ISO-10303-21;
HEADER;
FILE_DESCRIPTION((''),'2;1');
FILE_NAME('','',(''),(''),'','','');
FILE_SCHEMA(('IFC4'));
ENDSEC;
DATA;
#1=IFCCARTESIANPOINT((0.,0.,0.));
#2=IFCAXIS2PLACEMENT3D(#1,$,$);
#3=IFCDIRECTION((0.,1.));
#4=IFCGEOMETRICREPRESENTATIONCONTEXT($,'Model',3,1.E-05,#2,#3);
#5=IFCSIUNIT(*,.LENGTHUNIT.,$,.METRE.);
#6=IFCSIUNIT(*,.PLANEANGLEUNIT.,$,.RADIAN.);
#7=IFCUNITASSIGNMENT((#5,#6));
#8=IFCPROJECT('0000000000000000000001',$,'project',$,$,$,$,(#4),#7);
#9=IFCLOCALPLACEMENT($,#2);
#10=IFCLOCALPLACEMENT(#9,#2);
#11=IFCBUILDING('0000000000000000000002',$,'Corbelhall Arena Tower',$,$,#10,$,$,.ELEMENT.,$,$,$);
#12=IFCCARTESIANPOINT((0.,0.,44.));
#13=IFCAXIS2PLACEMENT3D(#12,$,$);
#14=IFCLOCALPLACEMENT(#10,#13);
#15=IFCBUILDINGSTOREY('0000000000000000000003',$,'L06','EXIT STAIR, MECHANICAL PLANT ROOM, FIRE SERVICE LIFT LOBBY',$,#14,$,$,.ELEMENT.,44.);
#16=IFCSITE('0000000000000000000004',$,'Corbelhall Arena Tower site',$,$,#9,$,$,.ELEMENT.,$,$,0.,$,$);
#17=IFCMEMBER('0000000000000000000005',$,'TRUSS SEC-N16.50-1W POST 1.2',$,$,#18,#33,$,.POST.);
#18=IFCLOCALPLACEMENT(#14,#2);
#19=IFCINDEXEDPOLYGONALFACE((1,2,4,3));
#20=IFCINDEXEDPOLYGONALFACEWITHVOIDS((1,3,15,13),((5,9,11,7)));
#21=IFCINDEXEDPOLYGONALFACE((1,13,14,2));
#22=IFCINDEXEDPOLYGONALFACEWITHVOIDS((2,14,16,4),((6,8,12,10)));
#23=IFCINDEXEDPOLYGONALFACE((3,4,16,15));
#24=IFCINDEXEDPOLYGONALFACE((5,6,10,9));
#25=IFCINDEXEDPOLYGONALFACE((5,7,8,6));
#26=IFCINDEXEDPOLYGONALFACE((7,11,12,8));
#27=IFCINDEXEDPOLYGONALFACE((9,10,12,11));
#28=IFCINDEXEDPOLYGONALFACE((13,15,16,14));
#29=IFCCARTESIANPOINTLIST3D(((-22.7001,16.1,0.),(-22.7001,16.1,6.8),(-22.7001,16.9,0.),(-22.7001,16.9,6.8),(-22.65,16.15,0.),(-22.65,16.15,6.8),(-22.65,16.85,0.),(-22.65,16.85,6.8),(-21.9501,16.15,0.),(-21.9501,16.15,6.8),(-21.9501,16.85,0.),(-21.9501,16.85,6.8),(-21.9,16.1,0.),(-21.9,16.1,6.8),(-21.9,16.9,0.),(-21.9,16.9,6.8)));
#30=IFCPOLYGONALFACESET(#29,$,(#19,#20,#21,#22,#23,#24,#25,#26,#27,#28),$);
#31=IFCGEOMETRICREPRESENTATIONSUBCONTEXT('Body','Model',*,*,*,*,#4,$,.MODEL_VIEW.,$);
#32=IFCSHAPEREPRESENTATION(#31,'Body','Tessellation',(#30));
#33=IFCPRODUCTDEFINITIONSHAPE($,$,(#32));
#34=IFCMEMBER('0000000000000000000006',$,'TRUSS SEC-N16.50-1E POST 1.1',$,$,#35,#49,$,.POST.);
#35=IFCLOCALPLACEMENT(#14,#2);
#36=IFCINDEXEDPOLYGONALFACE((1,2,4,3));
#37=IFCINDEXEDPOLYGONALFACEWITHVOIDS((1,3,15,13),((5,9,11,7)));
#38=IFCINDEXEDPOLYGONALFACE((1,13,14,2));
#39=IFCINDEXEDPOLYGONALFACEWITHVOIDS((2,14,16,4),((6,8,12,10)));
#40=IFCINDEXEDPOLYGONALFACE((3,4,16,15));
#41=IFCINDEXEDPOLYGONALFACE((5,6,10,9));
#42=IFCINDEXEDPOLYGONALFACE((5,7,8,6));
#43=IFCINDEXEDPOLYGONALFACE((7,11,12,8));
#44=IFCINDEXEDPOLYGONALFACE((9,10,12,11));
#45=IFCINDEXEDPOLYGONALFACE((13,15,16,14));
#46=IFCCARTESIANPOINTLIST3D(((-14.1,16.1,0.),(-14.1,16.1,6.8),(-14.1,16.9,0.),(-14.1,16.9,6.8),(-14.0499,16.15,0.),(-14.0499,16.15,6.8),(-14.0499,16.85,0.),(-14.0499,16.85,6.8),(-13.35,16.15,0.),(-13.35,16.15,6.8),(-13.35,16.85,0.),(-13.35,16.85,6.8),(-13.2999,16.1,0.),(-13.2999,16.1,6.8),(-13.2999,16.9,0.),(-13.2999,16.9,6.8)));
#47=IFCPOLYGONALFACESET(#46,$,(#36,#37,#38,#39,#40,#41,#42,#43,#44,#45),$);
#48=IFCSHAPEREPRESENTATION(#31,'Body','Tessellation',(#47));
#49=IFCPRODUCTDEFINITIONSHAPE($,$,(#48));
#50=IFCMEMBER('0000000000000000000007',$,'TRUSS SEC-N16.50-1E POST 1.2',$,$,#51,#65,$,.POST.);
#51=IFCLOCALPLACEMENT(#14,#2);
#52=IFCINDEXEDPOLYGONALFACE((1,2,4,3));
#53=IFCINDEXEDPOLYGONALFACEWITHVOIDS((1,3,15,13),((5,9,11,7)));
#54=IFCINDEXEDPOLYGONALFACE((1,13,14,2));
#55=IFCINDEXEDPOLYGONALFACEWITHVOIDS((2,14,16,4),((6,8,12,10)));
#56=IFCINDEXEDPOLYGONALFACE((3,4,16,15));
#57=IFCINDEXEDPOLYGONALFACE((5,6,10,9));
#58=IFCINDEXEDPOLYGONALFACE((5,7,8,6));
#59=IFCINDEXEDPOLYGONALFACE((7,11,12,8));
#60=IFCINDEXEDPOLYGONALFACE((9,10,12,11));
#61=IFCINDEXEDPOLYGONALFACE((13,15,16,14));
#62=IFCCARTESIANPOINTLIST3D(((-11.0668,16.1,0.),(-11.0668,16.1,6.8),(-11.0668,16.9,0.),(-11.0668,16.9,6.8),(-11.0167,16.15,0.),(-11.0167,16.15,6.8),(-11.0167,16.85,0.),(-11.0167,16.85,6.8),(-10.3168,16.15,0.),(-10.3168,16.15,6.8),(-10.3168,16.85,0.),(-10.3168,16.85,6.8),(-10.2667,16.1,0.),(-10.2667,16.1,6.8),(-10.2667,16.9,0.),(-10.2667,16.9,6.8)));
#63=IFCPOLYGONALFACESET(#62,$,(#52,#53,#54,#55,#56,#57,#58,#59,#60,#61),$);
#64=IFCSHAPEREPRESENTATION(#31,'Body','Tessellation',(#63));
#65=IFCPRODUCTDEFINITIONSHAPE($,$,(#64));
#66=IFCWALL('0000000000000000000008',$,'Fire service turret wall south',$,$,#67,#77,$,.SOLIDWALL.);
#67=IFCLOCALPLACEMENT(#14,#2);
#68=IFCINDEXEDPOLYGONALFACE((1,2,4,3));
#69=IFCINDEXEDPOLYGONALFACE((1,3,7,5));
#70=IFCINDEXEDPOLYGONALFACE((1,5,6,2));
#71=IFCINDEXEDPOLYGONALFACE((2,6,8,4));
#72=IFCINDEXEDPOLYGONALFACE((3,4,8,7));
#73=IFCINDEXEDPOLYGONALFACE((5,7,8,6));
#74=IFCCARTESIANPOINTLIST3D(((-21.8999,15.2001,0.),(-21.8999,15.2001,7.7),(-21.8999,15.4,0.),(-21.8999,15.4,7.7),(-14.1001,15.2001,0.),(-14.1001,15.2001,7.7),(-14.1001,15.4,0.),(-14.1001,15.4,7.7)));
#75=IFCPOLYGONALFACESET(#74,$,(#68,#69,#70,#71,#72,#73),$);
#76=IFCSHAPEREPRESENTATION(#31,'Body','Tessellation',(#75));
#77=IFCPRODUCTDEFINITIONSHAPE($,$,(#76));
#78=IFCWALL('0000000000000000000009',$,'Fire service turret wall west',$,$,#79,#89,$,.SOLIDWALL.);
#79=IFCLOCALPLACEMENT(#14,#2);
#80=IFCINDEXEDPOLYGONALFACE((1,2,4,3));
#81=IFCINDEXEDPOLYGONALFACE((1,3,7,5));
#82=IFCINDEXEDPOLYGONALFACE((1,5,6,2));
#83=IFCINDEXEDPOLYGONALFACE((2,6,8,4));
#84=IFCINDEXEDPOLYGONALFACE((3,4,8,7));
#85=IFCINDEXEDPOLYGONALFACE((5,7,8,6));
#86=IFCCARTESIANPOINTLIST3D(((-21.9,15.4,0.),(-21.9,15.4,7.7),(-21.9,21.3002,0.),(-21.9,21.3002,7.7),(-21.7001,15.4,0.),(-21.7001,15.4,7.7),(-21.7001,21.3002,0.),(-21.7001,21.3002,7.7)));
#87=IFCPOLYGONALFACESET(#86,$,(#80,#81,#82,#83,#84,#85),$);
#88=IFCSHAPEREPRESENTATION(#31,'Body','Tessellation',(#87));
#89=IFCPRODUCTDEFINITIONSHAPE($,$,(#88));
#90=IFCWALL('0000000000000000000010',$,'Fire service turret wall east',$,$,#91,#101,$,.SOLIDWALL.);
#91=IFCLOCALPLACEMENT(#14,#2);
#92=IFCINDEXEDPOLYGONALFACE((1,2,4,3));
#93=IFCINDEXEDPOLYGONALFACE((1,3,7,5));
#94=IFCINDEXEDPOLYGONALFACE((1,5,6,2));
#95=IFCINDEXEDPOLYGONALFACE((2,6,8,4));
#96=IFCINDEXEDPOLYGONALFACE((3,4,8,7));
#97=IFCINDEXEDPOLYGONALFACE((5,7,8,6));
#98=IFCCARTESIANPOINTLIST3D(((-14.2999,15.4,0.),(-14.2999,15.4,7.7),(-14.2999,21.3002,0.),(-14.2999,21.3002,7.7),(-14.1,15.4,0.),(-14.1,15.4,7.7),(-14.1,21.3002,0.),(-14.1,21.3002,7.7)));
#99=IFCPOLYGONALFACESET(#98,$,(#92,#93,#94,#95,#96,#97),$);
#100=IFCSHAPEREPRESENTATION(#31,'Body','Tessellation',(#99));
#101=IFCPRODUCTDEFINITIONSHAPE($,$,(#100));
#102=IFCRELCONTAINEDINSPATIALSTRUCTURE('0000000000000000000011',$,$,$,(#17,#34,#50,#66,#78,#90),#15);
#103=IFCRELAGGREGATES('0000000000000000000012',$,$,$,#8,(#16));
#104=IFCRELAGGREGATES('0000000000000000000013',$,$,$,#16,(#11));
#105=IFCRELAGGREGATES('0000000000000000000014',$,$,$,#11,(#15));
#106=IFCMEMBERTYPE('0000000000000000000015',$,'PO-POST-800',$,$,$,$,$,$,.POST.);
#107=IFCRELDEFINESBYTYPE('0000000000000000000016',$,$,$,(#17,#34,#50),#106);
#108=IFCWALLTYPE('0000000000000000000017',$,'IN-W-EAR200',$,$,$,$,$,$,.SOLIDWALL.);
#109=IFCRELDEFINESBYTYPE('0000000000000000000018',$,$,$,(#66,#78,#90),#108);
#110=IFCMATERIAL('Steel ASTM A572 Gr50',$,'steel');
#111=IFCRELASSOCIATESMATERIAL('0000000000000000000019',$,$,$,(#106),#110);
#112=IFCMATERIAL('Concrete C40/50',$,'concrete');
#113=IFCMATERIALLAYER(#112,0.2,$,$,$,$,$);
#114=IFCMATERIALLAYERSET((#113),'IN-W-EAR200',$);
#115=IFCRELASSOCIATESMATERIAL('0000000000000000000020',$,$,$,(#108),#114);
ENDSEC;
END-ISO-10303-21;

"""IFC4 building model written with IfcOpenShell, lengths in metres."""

from ifc_helpers import new_model, si_unit, direction, frame, frame_2d, origin, origin_2d, place, context, subcontext, project, spatial, rectangle, hollow_rectangle, extrude, material, layer, layer_set, material_profile, profile_set, type_object, element, save


model = new_model("IFC4")

# Units and contexts
model_context = context("Model", 3, precision=1e-05, world=origin(), true_north=direction((0.0, 1.0)))
body_context = subcontext(model_context, "Body", "Model", "MODEL_VIEW")
ifc_project = project(units=[si_unit("LENGTHUNIT", "METRE"), si_unit("PLANEANGLEUNIT", "RADIAN")], contexts=[model_context])

# Site, building, storey
site_placement = place(None, origin())
site = spatial("IfcSite", under=ifc_project, at=site_placement, Name="Corbelhall Arena Tower site", CompositionType="ELEMENT", RefElevation=0.0)
building_placement = place(site_placement, origin())
building = spatial("IfcBuilding", under=site, at=building_placement, Name="Corbelhall Arena Tower", CompositionType="ELEMENT")
storey_placement = place(building_placement, frame((0.0, 0.0, 44.0)))
storey = spatial("IfcBuildingStorey", under=building, at=storey_placement, Name="L06", Description="EXIT STAIR, MECHANICAL PLANT ROOM, FIRE SERVICE LIFT LOBBY", CompositionType="ELEMENT", Elevation=44.0)

# Members
ifc_material_1 = material(Name="Steel ASTM A572 Gr50", Category="steel")
ifc_material_profile_1 = material_profile(ifc_material_1, hollow_rectangle(XDim=0.8, YDim=0.8, WallThickness=0.05, at=origin_2d()))
ifc_profile_set_1 = profile_set([ifc_material_profile_1], Name="Steel ASTM A572 Gr50")
member_type_1 = type_object("IfcMemberType", Name="PO-POST-800", PredefinedType="POST", material=ifc_profile_set_1)
for number, where, z_axis, x_axis, name in (
    (1, (-22.3, 16.5, 0.0), (0.0, 0.0, 1.0), (1.0, 0.0, 0.0), "TRUSS SEC-N16.50-1W POST 1.2"),
    (2, (-13.7, 16.5, 0.0), (0.0, 0.0, 1.0), (1.0, 0.0, 0.0), "TRUSS SEC-N16.50-1E POST 1.1"),
    (3, (-10.6667, 16.5, 0.0), (0.0, 0.0, 1.0), (1.0, 0.0, 0.0), "TRUSS SEC-N16.50-1E POST 1.2"),
):
    element("IfcMember", number, at=place(storey_placement, frame(where, z_axis=z_axis, x_axis=x_axis)), inside=storey, type_object=member_type_1, Name=name, PredefinedType="POST", context=body_context, shape_type="SweptSolid", body=[
        extrude(hollow_rectangle(XDim=0.8, YDim=0.8, WallThickness=0.05, at=origin_2d()), origin(), (0.0, 0.0, 1.0), 6.8),
    ])

# Walls
ifc_material_2 = material(Name="Concrete C40/50", Category="concrete")
ifc_layer = layer(ifc_material_2, 0.2)
ifc_layer_set = layer_set([ifc_layer], Name="IN-W-EAR200")
wall_type = type_object("IfcWallType", Name="IN-W-EAR200", PredefinedType="SOLIDWALL", material=ifc_layer_set)
wall_1_placement = place(storey_placement, frame((-21.8999, 15.3, 0.0), z_axis=(0.0, 0.0, 1.0), x_axis=(1.0, 0.0, 0.0)))
element("IfcWall", 4, at=wall_1_placement, inside=storey, type_object=wall_type, Name="Fire service turret wall south", PredefinedType="SOLIDWALL", context=body_context, shape_type="SweptSolid", body=[
    extrude(rectangle(XDim=7.7998, YDim=0.2, at=frame_2d((3.8999, 0.0))), origin(), (0.0, 0.0, 1.0), 7.7),
])
for number, where, z_axis, x_axis, name in (
    (5, (-21.8, 15.3999, 0.0), (0.0, 0.0, 1.0), (0.0, 1.0, 0.0), "Fire service turret wall west"),
    (6, (-14.2, 15.3999, 0.0), (0.0, 0.0, 1.0), (0.0, 1.0, 0.0), "Fire service turret wall east"),
):
    element("IfcWall", number, at=place(storey_placement, frame(where, z_axis=z_axis, x_axis=x_axis)), inside=storey, type_object=wall_type, Name=name, PredefinedType="SOLIDWALL", context=body_context, shape_type="SweptSolid", body=[
        extrude(rectangle(XDim=5.9001, YDim=0.2, at=frame_2d((2.9502, 0.0))), origin(), (0.0, 0.0, 1.0), 7.7),
    ])

save(model, "model.ifc")
